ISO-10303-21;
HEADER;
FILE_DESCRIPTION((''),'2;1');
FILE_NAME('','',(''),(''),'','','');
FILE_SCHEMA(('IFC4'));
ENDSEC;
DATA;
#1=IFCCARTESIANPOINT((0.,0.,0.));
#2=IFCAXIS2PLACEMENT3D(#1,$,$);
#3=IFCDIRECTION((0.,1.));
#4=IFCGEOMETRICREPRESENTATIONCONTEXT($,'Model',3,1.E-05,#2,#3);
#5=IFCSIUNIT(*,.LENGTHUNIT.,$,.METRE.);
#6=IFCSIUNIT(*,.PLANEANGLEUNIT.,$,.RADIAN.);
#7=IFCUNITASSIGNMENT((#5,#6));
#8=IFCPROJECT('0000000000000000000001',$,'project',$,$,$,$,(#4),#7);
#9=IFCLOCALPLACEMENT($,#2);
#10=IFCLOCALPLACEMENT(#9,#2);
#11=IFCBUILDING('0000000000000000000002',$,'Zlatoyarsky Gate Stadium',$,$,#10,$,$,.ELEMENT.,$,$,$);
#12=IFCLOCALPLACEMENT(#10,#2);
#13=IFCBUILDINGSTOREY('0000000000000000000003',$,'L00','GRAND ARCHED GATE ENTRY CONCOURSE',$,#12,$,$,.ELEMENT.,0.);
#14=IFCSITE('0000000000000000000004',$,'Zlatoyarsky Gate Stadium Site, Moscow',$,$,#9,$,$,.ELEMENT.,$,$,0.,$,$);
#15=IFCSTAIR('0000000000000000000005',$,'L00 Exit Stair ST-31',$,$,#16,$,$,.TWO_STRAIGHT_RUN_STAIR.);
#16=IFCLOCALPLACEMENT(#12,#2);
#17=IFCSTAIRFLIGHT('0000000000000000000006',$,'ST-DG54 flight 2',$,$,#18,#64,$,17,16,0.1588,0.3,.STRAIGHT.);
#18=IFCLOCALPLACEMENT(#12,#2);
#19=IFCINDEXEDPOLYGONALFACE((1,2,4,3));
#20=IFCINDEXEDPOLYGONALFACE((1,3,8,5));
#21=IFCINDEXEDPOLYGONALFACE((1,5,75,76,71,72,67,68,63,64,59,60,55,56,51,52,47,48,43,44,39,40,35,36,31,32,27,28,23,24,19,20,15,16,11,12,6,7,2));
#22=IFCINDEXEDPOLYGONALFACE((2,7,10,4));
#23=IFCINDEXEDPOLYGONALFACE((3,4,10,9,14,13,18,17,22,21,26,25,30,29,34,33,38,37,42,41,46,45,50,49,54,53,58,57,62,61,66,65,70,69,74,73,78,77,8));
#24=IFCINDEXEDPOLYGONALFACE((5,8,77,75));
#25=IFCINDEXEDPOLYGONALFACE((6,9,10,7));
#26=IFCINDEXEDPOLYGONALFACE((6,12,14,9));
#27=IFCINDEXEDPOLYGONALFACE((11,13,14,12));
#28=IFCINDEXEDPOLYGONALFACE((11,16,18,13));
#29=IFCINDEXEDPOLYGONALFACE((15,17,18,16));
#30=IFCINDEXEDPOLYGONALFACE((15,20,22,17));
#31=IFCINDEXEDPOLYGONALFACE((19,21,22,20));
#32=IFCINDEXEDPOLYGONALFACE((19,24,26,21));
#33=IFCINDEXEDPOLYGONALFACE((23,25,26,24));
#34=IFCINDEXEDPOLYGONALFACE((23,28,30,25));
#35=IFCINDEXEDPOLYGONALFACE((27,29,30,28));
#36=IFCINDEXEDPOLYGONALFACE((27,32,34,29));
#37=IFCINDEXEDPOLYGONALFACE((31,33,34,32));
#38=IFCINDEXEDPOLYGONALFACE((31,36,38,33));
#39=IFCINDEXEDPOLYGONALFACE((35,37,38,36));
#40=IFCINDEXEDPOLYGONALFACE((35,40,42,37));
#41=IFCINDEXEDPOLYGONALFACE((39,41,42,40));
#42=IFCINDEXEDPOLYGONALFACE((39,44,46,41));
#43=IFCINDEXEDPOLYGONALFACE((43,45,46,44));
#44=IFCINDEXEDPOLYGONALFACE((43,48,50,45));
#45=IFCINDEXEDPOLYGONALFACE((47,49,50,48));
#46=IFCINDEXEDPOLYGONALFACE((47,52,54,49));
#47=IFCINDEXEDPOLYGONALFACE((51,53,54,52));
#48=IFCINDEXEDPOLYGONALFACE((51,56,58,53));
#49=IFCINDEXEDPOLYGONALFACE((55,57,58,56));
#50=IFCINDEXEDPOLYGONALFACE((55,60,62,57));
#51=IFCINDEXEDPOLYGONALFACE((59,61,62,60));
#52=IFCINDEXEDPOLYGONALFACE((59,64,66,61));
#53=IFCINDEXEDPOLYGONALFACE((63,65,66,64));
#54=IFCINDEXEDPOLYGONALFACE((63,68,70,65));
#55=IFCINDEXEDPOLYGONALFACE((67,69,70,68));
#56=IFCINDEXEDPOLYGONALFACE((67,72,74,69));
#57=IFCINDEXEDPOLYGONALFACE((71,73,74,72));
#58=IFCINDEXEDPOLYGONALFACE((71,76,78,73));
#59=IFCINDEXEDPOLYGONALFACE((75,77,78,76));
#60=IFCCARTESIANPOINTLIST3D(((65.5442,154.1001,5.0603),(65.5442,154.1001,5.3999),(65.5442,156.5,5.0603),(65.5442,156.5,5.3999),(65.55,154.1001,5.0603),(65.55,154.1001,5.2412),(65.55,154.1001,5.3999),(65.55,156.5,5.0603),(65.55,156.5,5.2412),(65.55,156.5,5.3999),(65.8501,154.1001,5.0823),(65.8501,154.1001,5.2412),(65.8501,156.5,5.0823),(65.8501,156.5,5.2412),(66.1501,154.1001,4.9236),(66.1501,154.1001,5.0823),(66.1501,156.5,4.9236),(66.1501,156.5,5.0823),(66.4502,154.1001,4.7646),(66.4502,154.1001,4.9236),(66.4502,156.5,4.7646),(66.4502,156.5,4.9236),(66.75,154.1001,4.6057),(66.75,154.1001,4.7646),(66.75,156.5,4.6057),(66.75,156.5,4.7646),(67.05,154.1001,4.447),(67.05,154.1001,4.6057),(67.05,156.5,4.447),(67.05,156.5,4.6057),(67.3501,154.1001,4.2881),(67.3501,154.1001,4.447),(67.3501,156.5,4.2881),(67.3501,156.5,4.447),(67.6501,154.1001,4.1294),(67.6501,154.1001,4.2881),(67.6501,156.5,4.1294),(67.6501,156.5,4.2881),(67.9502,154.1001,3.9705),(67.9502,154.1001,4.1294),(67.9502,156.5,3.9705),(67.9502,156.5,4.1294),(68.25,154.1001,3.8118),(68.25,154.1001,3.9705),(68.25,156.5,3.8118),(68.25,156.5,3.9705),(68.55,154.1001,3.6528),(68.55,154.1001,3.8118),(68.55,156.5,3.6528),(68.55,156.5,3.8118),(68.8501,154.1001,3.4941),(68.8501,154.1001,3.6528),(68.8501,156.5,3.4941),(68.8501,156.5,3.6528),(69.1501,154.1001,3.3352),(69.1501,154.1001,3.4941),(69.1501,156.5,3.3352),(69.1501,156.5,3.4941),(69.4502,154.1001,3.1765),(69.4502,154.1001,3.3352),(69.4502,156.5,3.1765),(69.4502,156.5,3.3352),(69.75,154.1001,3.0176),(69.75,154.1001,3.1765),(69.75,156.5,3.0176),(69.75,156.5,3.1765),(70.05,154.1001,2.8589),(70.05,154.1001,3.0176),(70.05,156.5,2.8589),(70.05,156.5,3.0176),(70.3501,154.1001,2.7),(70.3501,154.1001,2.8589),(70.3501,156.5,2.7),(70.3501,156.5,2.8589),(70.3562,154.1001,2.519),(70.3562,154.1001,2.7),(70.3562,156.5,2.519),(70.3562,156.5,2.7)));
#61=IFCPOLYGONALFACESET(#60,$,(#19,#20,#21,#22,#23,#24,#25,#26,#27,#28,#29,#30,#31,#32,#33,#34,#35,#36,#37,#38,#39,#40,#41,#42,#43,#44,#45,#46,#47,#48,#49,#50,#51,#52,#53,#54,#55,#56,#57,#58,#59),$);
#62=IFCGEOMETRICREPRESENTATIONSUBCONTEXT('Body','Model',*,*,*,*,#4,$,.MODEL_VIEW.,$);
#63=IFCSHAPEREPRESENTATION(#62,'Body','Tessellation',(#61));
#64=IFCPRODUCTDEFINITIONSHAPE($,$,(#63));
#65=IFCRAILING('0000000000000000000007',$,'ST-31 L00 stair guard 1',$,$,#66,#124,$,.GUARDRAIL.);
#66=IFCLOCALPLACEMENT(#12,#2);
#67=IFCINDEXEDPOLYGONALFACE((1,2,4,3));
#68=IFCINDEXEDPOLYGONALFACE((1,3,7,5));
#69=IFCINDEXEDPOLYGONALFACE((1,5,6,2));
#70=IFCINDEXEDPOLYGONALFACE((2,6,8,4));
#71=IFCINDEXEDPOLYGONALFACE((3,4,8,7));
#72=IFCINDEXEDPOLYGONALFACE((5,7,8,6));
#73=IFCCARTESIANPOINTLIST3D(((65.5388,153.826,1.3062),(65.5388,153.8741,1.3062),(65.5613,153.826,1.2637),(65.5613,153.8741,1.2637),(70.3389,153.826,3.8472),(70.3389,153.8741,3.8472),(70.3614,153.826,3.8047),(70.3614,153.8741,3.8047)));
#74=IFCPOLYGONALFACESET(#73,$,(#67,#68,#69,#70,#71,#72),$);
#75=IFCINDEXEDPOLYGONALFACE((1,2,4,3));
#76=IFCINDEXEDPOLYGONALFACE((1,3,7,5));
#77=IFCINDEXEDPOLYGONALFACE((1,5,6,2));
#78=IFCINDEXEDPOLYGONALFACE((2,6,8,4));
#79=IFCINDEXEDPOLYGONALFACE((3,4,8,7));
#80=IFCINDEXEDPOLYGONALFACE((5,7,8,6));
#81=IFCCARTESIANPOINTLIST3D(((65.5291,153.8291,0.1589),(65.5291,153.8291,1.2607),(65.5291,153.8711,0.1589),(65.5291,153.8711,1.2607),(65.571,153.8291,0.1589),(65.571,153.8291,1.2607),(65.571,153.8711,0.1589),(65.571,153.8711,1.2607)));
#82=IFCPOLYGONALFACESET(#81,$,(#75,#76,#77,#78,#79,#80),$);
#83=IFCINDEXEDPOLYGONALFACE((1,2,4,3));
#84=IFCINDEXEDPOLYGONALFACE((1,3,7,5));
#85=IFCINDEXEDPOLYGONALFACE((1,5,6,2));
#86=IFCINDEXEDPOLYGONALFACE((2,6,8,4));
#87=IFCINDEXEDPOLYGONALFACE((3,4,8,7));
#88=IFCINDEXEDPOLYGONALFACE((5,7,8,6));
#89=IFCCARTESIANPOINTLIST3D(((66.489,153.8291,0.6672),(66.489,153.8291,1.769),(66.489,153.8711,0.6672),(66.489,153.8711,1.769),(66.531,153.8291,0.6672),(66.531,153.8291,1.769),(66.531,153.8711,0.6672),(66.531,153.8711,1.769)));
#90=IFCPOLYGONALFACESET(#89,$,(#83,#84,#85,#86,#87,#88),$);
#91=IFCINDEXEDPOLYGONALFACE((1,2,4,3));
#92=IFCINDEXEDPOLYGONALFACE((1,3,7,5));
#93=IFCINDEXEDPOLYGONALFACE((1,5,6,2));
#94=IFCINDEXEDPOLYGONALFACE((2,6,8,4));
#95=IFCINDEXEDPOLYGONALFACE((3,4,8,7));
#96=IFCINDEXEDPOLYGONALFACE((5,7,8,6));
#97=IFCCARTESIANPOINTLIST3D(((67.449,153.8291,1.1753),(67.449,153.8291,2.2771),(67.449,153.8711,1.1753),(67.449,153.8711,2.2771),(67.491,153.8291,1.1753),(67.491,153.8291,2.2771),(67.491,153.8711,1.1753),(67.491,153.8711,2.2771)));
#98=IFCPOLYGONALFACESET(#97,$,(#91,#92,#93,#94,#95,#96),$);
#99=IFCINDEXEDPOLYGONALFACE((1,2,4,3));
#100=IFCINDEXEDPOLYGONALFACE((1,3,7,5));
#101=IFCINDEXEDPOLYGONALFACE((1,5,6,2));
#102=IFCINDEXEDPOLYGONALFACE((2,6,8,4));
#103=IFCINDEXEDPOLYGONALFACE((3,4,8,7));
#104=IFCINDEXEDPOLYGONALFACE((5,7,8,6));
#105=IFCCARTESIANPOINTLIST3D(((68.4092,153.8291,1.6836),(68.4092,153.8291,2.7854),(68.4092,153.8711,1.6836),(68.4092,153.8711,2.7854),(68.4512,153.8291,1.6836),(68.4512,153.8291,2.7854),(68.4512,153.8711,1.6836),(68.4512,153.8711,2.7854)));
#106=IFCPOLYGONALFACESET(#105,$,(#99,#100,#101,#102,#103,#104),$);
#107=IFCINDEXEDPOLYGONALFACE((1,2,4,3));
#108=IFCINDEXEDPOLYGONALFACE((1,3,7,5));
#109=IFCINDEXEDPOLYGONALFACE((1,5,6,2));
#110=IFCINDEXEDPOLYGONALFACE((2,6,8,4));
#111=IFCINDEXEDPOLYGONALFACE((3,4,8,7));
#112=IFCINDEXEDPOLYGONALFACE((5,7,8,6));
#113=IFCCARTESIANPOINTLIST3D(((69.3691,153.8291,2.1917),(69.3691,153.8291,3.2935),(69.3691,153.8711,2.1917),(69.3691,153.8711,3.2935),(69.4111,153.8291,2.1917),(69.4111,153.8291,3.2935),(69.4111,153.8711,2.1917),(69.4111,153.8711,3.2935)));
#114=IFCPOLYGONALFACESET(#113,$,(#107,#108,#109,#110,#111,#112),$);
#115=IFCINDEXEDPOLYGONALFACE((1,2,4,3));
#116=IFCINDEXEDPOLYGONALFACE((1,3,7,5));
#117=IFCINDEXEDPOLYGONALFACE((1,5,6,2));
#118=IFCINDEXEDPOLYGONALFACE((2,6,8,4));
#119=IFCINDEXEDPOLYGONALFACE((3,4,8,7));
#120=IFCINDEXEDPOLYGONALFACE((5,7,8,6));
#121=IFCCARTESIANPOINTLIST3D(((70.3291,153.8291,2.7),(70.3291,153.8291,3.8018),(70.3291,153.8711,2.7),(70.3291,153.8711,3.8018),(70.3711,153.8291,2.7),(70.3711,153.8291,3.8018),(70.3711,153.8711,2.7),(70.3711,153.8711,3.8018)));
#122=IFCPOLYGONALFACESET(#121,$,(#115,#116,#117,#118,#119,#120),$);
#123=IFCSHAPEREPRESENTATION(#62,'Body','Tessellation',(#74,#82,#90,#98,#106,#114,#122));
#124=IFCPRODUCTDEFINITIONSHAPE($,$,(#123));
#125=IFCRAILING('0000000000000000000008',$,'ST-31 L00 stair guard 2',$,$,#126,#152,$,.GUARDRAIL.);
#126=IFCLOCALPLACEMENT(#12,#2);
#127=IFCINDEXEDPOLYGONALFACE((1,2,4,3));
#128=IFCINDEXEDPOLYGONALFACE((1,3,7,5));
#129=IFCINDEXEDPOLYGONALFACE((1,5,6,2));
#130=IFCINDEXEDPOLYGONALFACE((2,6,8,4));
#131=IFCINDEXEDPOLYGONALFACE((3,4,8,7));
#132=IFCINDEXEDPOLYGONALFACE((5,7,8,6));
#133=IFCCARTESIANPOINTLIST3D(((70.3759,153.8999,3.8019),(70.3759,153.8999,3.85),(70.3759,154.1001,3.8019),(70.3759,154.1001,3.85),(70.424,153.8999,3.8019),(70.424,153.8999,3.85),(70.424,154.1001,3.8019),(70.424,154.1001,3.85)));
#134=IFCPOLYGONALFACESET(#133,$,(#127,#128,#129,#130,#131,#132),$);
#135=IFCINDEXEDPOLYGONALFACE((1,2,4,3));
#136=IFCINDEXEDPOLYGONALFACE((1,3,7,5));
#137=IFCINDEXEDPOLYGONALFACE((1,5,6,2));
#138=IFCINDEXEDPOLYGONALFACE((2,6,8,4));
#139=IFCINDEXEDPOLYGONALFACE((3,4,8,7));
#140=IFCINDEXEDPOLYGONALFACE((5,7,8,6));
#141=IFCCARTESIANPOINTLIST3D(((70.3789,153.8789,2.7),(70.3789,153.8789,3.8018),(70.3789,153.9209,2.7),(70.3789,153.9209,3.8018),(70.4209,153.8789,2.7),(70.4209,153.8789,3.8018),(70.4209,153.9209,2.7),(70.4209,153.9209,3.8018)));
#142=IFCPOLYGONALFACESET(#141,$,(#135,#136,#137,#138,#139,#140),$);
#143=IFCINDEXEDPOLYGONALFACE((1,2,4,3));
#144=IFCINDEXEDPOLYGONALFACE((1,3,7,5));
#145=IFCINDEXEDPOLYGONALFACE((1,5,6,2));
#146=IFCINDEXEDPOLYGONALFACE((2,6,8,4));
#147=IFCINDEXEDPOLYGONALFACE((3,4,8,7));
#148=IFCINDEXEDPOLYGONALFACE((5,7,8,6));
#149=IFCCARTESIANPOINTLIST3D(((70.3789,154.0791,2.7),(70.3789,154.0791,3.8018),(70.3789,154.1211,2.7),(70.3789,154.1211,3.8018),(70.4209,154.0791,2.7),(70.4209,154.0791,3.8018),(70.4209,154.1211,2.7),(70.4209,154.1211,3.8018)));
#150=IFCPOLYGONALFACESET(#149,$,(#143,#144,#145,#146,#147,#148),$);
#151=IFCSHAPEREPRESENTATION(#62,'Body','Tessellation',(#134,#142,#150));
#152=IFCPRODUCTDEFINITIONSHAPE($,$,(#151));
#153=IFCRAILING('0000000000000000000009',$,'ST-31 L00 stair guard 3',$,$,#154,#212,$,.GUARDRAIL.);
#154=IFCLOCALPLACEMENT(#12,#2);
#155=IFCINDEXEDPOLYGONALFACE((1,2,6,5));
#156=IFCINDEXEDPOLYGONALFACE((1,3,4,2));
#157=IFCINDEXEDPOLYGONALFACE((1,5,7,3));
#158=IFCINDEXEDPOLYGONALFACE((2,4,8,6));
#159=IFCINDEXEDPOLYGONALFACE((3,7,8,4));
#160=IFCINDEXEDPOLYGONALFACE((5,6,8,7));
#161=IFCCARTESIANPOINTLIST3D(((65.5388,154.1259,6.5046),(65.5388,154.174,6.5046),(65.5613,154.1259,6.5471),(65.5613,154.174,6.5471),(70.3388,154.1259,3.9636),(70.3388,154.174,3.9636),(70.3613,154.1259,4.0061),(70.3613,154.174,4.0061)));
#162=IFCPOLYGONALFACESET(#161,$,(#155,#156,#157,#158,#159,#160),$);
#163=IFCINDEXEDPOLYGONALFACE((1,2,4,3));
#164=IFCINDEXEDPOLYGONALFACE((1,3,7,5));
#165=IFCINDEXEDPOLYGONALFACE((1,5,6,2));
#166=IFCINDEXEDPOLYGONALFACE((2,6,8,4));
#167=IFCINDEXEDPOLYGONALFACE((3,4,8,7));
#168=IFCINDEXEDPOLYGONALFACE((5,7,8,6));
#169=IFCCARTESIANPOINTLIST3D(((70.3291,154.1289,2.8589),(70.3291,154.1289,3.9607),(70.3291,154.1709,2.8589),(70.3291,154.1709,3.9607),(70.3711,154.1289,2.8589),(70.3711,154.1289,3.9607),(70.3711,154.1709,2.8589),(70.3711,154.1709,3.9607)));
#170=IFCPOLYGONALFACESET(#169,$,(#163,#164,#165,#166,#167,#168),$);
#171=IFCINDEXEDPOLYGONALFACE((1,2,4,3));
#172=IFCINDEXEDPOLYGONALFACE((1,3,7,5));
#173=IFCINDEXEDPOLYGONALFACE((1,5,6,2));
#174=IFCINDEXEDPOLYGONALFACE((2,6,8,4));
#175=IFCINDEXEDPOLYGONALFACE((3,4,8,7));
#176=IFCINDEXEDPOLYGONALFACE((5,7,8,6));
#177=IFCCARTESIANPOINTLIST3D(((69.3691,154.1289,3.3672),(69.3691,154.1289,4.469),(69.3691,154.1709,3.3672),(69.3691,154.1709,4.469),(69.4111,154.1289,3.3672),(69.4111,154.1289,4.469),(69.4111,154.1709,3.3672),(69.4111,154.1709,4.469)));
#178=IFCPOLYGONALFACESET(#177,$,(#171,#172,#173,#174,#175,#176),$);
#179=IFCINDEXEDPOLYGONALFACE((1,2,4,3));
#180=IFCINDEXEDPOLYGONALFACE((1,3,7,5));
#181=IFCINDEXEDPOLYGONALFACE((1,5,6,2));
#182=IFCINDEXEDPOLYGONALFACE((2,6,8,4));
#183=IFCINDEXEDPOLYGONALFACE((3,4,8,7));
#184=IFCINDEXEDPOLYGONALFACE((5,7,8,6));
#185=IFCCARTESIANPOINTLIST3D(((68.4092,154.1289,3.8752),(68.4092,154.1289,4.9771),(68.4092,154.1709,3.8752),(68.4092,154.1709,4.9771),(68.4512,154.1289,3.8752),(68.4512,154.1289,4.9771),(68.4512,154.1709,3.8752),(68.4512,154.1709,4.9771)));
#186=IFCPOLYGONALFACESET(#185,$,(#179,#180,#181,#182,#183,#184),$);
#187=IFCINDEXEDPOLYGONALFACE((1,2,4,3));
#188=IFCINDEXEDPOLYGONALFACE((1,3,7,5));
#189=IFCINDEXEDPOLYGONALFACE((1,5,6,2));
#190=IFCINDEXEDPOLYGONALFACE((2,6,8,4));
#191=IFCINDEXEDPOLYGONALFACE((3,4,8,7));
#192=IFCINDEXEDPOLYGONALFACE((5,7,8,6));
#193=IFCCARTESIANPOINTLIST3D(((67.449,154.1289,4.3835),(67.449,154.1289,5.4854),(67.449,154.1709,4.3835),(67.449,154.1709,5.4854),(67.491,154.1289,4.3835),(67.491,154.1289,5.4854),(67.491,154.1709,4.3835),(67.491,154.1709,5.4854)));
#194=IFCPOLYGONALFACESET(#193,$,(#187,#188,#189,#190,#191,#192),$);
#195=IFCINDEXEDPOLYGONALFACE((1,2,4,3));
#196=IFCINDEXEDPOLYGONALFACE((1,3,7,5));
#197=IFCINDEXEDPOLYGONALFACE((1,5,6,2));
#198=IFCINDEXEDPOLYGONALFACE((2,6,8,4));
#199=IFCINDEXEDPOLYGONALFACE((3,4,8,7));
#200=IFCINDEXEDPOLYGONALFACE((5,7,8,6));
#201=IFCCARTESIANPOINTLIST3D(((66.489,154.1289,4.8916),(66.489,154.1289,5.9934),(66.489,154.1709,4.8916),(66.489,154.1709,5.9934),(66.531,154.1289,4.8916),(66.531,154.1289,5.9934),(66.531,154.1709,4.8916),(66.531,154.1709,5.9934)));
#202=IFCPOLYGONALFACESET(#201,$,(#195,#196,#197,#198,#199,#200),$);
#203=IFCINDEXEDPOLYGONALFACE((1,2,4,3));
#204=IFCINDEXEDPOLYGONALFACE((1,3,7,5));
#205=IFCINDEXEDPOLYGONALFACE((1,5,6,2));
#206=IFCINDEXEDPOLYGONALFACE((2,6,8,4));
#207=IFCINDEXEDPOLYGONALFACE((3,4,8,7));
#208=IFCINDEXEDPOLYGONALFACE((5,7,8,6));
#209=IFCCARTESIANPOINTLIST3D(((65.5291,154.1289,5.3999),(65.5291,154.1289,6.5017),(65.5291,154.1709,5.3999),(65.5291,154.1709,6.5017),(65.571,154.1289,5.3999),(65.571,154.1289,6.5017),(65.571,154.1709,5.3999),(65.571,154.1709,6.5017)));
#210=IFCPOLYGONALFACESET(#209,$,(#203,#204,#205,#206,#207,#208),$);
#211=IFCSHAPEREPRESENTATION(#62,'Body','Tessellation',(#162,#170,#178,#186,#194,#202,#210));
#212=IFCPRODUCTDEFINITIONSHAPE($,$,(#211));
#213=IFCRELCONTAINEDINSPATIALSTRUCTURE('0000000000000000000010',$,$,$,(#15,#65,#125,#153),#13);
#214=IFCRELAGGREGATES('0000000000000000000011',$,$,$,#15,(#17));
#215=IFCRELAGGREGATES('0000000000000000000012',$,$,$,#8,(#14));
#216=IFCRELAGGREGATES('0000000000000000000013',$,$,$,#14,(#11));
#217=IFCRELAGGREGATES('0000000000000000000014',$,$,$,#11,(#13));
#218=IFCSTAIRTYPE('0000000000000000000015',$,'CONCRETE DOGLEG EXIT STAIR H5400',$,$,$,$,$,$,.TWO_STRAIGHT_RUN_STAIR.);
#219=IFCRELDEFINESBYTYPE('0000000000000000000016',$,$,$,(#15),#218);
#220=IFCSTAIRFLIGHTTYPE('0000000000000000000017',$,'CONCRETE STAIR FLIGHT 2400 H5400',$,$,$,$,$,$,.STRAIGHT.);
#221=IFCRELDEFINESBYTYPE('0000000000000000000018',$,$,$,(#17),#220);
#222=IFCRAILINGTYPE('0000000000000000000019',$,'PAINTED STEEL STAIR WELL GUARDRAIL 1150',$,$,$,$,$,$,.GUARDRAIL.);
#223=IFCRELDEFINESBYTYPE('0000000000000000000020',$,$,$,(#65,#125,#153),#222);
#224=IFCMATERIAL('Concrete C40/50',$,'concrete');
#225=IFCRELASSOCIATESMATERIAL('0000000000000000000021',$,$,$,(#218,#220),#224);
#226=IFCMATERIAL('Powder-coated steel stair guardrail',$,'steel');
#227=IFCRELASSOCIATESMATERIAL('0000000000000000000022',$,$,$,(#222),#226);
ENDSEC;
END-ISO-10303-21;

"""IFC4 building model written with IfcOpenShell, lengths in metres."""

from ifc_helpers import new_model, si_unit, direction, frame, origin, origin_2d, place, context, subcontext, project, spatial, polyline, rectangle, outline, extrude, material, type_object, element, aggregate, save


model = new_model("IFC4")

# Units and contexts
model_context = context("Model", 3, precision=1e-05, world=origin(), true_north=direction((0.0, 1.0)))
body_context = subcontext(model_context, "Body", "Model", "MODEL_VIEW")
ifc_project = project(units=[si_unit("LENGTHUNIT", "METRE"), si_unit("PLANEANGLEUNIT", "RADIAN")], contexts=[model_context])

# Site, building, storey
site_placement = place(None, origin())
site = spatial("IfcSite", under=ifc_project, at=site_placement, Name="Zlatoyarsky Gate Stadium Site, Moscow", CompositionType="ELEMENT", RefElevation=0.0)
building_placement = place(site_placement, origin())
building = spatial("IfcBuilding", under=site, at=building_placement, Name="Zlatoyarsky Gate Stadium", CompositionType="ELEMENT")
storey_placement = place(building_placement, origin())
storey = spatial("IfcBuildingStorey", under=building, at=storey_placement, Name="L00", Description="GRAND ARCHED GATE ENTRY CONCOURSE", CompositionType="ELEMENT", Elevation=0.0)

# Shared definitions
ifc_material_1 = material(Name="Concrete C40/50", Category="concrete")

# Stair, stair flight
stair_type = type_object("IfcStairType", Name="CONCRETE DOGLEG EXIT STAIR H5400", PredefinedType="TWO_STRAIGHT_RUN_STAIR", material=ifc_material_1)
stair_placement = place(storey_placement, origin())
stair = element("IfcStair", 1, at=stair_placement, inside=storey, type_object=stair_type, Name="L00 Exit Stair ST-31", PredefinedType="TWO_STRAIGHT_RUN_STAIR")
stair_flight_type = type_object("IfcStairFlightType", Name="CONCRETE STAIR FLIGHT 2400 H5400", PredefinedType="STRAIGHT", material=ifc_material_1)
stair_flight_1_placement = place(storey_placement, frame((70.3501, 155.3, 2.7), z_axis=(0.0, 0.0, 1.0), x_axis=(-1.0, 0.0, 0.0)))
stair_flight_1 = element("IfcStairFlight", 2, at=stair_flight_1_placement, type_object=stair_flight_type, Name="ST-DG54 flight 2", NumberOfRisers=17, NumberOfTreads=16, PredefinedType="STRAIGHT", RiserHeight=0.1588, TreadLength=0.3, context=body_context, shape_type="SweptSolid", body=[
    extrude(outline(polyline([(-0.0061, -0.1809), (-0.0061, 0.0), (0.0, 0.0), (0.0, 0.1589), (0.3, 0.1589), (0.3, 0.3176), (0.6001, 0.3176), (0.6001, 0.4766), (0.8999, 0.4766), (0.8999, 0.6353), (1.2, 0.6353), (1.2, 0.7942), (1.5, 0.7942), (1.5, 0.9529), (1.8, 0.9529), (1.8, 1.1118), (2.1001, 1.1118), (2.1001, 1.2705), (2.3999, 1.2705), (2.3999, 1.4294), (2.7, 1.4294), (2.7, 1.5881), (3.0, 1.5881), (3.0, 1.7471), (3.3, 1.7471), (3.3, 1.9058), (3.6001, 1.9058), (3.6001, 2.0647), (3.8999, 2.0647), (3.8999, 2.2236), (4.2, 2.2236), (4.2, 2.3823), (4.5, 2.3823), (4.5, 2.5413), (4.8, 2.5413), (4.8, 2.7), (4.8059, 2.7), (4.8059, 2.3604), (4.8, 2.3604), (-0.0061, -0.1809)])), frame((0.0, 1.2, 0.0), z_axis=(0.0, -1.0, 0.0), x_axis=(1.0, 0.0, 0.0)), (0.0, 0.0, 1.0), 2.3999),
])
aggregate(stair, [stair_flight_1])

# Railings
ifc_material_2 = material(Name="Powder-coated steel stair guardrail", Category="steel")
railing_type_1 = type_object("IfcRailingType", Name="PAINTED STEEL STAIR WELL GUARDRAIL 1150", PredefinedType="GUARDRAIL", material=ifc_material_2)
railing_1_placement = place(storey_placement, frame((65.55, 153.8501, 0.1589)))
element("IfcRailing", 3, at=railing_1_placement, inside=storey, type_object=railing_type_1, Name="ST-31 L00 stair guard 1", PredefinedType="GUARDRAIL", context=body_context, shape_type="SweptSolid", body=[
    extrude(rectangle(XDim=0.0481, YDim=0.0481, at=origin_2d()), frame((0.0, 0.0, 1.126), z_axis=(0.883802, 0.0, 0.467861), x_axis=(0.0, 1.0, 0.0)), (0.0, 0.0, 1.0), 5.4312),
    extrude(rectangle(XDim=0.042, YDim=0.042, at=origin_2d()), origin(), (0.0, 0.0, 1.0), 1.1018),
    extrude(rectangle(XDim=0.042, YDim=0.042, at=origin_2d()), frame((0.96, 0.0, 0.5083)), (0.0, 0.0, 1.0), 1.1018),
    extrude(rectangle(XDim=0.042, YDim=0.042, at=origin_2d()), frame((1.9199, 0.0, 1.0164)), (0.0, 0.0, 1.0), 1.1018),
    extrude(rectangle(XDim=0.042, YDim=0.042, at=origin_2d()), frame((2.8801, 0.0, 1.5247)), (0.0, 0.0, 1.0), 1.1018),
    extrude(rectangle(XDim=0.042, YDim=0.042, at=origin_2d()), frame((3.8401, 0.0, 2.0327)), (0.0, 0.0, 1.0), 1.1018),
    extrude(rectangle(XDim=0.042, YDim=0.042, at=origin_2d()), frame((4.8, 0.0, 2.541)), (0.0, 0.0, 1.0), 1.1018),
])
railing_2_placement = place(storey_placement, frame((70.3999, 153.8999, 2.7)))
element("IfcRailing", 4, at=railing_2_placement, inside=storey, type_object=railing_type_1, Name="ST-31 L00 stair guard 2", PredefinedType="GUARDRAIL", context=body_context, shape_type="SweptSolid", body=[
    extrude(rectangle(XDim=0.0481, YDim=0.0481, at=origin_2d()), frame((0.0, 0.0, 1.126), z_axis=(0.0, 1.0, 0.0), x_axis=(-1.0, 0.0, 0.0)), (0.0, 0.0, 1.0), 0.2002),
    extrude(rectangle(XDim=0.042, YDim=0.042, at=origin_2d()), origin(), (0.0, 0.0, 1.0), 1.1018),
    extrude(rectangle(XDim=0.042, YDim=0.042, at=origin_2d()), frame((0.0, 0.2002, 0.0)), (0.0, 0.0, 1.0), 1.1018),
])
railing_3_placement = place(storey_placement, frame((70.3501, 154.1499, 2.8589)))
element("IfcRailing", 5, at=railing_3_placement, inside=storey, type_object=railing_type_1, Name="ST-31 L00 stair guard 3", PredefinedType="GUARDRAIL", context=body_context, shape_type="SweptSolid", body=[
    extrude(rectangle(XDim=0.0481, YDim=0.0481, at=origin_2d()), frame((0.0, 0.0, 1.126), z_axis=(-0.883802, 0.0, 0.467861), x_axis=(0.0, -1.0, 0.0)), (0.0, 0.0, 1.0), 5.4312),
    extrude(rectangle(XDim=0.042, YDim=0.042, at=origin_2d()), origin(), (0.0, 0.0, 1.0), 1.1018),
    extrude(rectangle(XDim=0.042, YDim=0.042, at=origin_2d()), frame((-0.96, 0.0, 0.5083)), (0.0, 0.0, 1.0), 1.1018),
    extrude(rectangle(XDim=0.042, YDim=0.042, at=origin_2d()), frame((-1.9199, 0.0, 1.0164)), (0.0, 0.0, 1.0), 1.1018),
    extrude(rectangle(XDim=0.042, YDim=0.042, at=origin_2d()), frame((-2.8801, 0.0, 1.5247)), (0.0, 0.0, 1.0), 1.1018),
    extrude(rectangle(XDim=0.042, YDim=0.042, at=origin_2d()), frame((-3.8401, 0.0, 2.0327)), (0.0, 0.0, 1.0), 1.1018),
    extrude(rectangle(XDim=0.042, YDim=0.042, at=origin_2d()), frame((-4.8, 0.0, 2.541)), (0.0, 0.0, 1.0), 1.1018),
])

save(model, "model.ifc")
